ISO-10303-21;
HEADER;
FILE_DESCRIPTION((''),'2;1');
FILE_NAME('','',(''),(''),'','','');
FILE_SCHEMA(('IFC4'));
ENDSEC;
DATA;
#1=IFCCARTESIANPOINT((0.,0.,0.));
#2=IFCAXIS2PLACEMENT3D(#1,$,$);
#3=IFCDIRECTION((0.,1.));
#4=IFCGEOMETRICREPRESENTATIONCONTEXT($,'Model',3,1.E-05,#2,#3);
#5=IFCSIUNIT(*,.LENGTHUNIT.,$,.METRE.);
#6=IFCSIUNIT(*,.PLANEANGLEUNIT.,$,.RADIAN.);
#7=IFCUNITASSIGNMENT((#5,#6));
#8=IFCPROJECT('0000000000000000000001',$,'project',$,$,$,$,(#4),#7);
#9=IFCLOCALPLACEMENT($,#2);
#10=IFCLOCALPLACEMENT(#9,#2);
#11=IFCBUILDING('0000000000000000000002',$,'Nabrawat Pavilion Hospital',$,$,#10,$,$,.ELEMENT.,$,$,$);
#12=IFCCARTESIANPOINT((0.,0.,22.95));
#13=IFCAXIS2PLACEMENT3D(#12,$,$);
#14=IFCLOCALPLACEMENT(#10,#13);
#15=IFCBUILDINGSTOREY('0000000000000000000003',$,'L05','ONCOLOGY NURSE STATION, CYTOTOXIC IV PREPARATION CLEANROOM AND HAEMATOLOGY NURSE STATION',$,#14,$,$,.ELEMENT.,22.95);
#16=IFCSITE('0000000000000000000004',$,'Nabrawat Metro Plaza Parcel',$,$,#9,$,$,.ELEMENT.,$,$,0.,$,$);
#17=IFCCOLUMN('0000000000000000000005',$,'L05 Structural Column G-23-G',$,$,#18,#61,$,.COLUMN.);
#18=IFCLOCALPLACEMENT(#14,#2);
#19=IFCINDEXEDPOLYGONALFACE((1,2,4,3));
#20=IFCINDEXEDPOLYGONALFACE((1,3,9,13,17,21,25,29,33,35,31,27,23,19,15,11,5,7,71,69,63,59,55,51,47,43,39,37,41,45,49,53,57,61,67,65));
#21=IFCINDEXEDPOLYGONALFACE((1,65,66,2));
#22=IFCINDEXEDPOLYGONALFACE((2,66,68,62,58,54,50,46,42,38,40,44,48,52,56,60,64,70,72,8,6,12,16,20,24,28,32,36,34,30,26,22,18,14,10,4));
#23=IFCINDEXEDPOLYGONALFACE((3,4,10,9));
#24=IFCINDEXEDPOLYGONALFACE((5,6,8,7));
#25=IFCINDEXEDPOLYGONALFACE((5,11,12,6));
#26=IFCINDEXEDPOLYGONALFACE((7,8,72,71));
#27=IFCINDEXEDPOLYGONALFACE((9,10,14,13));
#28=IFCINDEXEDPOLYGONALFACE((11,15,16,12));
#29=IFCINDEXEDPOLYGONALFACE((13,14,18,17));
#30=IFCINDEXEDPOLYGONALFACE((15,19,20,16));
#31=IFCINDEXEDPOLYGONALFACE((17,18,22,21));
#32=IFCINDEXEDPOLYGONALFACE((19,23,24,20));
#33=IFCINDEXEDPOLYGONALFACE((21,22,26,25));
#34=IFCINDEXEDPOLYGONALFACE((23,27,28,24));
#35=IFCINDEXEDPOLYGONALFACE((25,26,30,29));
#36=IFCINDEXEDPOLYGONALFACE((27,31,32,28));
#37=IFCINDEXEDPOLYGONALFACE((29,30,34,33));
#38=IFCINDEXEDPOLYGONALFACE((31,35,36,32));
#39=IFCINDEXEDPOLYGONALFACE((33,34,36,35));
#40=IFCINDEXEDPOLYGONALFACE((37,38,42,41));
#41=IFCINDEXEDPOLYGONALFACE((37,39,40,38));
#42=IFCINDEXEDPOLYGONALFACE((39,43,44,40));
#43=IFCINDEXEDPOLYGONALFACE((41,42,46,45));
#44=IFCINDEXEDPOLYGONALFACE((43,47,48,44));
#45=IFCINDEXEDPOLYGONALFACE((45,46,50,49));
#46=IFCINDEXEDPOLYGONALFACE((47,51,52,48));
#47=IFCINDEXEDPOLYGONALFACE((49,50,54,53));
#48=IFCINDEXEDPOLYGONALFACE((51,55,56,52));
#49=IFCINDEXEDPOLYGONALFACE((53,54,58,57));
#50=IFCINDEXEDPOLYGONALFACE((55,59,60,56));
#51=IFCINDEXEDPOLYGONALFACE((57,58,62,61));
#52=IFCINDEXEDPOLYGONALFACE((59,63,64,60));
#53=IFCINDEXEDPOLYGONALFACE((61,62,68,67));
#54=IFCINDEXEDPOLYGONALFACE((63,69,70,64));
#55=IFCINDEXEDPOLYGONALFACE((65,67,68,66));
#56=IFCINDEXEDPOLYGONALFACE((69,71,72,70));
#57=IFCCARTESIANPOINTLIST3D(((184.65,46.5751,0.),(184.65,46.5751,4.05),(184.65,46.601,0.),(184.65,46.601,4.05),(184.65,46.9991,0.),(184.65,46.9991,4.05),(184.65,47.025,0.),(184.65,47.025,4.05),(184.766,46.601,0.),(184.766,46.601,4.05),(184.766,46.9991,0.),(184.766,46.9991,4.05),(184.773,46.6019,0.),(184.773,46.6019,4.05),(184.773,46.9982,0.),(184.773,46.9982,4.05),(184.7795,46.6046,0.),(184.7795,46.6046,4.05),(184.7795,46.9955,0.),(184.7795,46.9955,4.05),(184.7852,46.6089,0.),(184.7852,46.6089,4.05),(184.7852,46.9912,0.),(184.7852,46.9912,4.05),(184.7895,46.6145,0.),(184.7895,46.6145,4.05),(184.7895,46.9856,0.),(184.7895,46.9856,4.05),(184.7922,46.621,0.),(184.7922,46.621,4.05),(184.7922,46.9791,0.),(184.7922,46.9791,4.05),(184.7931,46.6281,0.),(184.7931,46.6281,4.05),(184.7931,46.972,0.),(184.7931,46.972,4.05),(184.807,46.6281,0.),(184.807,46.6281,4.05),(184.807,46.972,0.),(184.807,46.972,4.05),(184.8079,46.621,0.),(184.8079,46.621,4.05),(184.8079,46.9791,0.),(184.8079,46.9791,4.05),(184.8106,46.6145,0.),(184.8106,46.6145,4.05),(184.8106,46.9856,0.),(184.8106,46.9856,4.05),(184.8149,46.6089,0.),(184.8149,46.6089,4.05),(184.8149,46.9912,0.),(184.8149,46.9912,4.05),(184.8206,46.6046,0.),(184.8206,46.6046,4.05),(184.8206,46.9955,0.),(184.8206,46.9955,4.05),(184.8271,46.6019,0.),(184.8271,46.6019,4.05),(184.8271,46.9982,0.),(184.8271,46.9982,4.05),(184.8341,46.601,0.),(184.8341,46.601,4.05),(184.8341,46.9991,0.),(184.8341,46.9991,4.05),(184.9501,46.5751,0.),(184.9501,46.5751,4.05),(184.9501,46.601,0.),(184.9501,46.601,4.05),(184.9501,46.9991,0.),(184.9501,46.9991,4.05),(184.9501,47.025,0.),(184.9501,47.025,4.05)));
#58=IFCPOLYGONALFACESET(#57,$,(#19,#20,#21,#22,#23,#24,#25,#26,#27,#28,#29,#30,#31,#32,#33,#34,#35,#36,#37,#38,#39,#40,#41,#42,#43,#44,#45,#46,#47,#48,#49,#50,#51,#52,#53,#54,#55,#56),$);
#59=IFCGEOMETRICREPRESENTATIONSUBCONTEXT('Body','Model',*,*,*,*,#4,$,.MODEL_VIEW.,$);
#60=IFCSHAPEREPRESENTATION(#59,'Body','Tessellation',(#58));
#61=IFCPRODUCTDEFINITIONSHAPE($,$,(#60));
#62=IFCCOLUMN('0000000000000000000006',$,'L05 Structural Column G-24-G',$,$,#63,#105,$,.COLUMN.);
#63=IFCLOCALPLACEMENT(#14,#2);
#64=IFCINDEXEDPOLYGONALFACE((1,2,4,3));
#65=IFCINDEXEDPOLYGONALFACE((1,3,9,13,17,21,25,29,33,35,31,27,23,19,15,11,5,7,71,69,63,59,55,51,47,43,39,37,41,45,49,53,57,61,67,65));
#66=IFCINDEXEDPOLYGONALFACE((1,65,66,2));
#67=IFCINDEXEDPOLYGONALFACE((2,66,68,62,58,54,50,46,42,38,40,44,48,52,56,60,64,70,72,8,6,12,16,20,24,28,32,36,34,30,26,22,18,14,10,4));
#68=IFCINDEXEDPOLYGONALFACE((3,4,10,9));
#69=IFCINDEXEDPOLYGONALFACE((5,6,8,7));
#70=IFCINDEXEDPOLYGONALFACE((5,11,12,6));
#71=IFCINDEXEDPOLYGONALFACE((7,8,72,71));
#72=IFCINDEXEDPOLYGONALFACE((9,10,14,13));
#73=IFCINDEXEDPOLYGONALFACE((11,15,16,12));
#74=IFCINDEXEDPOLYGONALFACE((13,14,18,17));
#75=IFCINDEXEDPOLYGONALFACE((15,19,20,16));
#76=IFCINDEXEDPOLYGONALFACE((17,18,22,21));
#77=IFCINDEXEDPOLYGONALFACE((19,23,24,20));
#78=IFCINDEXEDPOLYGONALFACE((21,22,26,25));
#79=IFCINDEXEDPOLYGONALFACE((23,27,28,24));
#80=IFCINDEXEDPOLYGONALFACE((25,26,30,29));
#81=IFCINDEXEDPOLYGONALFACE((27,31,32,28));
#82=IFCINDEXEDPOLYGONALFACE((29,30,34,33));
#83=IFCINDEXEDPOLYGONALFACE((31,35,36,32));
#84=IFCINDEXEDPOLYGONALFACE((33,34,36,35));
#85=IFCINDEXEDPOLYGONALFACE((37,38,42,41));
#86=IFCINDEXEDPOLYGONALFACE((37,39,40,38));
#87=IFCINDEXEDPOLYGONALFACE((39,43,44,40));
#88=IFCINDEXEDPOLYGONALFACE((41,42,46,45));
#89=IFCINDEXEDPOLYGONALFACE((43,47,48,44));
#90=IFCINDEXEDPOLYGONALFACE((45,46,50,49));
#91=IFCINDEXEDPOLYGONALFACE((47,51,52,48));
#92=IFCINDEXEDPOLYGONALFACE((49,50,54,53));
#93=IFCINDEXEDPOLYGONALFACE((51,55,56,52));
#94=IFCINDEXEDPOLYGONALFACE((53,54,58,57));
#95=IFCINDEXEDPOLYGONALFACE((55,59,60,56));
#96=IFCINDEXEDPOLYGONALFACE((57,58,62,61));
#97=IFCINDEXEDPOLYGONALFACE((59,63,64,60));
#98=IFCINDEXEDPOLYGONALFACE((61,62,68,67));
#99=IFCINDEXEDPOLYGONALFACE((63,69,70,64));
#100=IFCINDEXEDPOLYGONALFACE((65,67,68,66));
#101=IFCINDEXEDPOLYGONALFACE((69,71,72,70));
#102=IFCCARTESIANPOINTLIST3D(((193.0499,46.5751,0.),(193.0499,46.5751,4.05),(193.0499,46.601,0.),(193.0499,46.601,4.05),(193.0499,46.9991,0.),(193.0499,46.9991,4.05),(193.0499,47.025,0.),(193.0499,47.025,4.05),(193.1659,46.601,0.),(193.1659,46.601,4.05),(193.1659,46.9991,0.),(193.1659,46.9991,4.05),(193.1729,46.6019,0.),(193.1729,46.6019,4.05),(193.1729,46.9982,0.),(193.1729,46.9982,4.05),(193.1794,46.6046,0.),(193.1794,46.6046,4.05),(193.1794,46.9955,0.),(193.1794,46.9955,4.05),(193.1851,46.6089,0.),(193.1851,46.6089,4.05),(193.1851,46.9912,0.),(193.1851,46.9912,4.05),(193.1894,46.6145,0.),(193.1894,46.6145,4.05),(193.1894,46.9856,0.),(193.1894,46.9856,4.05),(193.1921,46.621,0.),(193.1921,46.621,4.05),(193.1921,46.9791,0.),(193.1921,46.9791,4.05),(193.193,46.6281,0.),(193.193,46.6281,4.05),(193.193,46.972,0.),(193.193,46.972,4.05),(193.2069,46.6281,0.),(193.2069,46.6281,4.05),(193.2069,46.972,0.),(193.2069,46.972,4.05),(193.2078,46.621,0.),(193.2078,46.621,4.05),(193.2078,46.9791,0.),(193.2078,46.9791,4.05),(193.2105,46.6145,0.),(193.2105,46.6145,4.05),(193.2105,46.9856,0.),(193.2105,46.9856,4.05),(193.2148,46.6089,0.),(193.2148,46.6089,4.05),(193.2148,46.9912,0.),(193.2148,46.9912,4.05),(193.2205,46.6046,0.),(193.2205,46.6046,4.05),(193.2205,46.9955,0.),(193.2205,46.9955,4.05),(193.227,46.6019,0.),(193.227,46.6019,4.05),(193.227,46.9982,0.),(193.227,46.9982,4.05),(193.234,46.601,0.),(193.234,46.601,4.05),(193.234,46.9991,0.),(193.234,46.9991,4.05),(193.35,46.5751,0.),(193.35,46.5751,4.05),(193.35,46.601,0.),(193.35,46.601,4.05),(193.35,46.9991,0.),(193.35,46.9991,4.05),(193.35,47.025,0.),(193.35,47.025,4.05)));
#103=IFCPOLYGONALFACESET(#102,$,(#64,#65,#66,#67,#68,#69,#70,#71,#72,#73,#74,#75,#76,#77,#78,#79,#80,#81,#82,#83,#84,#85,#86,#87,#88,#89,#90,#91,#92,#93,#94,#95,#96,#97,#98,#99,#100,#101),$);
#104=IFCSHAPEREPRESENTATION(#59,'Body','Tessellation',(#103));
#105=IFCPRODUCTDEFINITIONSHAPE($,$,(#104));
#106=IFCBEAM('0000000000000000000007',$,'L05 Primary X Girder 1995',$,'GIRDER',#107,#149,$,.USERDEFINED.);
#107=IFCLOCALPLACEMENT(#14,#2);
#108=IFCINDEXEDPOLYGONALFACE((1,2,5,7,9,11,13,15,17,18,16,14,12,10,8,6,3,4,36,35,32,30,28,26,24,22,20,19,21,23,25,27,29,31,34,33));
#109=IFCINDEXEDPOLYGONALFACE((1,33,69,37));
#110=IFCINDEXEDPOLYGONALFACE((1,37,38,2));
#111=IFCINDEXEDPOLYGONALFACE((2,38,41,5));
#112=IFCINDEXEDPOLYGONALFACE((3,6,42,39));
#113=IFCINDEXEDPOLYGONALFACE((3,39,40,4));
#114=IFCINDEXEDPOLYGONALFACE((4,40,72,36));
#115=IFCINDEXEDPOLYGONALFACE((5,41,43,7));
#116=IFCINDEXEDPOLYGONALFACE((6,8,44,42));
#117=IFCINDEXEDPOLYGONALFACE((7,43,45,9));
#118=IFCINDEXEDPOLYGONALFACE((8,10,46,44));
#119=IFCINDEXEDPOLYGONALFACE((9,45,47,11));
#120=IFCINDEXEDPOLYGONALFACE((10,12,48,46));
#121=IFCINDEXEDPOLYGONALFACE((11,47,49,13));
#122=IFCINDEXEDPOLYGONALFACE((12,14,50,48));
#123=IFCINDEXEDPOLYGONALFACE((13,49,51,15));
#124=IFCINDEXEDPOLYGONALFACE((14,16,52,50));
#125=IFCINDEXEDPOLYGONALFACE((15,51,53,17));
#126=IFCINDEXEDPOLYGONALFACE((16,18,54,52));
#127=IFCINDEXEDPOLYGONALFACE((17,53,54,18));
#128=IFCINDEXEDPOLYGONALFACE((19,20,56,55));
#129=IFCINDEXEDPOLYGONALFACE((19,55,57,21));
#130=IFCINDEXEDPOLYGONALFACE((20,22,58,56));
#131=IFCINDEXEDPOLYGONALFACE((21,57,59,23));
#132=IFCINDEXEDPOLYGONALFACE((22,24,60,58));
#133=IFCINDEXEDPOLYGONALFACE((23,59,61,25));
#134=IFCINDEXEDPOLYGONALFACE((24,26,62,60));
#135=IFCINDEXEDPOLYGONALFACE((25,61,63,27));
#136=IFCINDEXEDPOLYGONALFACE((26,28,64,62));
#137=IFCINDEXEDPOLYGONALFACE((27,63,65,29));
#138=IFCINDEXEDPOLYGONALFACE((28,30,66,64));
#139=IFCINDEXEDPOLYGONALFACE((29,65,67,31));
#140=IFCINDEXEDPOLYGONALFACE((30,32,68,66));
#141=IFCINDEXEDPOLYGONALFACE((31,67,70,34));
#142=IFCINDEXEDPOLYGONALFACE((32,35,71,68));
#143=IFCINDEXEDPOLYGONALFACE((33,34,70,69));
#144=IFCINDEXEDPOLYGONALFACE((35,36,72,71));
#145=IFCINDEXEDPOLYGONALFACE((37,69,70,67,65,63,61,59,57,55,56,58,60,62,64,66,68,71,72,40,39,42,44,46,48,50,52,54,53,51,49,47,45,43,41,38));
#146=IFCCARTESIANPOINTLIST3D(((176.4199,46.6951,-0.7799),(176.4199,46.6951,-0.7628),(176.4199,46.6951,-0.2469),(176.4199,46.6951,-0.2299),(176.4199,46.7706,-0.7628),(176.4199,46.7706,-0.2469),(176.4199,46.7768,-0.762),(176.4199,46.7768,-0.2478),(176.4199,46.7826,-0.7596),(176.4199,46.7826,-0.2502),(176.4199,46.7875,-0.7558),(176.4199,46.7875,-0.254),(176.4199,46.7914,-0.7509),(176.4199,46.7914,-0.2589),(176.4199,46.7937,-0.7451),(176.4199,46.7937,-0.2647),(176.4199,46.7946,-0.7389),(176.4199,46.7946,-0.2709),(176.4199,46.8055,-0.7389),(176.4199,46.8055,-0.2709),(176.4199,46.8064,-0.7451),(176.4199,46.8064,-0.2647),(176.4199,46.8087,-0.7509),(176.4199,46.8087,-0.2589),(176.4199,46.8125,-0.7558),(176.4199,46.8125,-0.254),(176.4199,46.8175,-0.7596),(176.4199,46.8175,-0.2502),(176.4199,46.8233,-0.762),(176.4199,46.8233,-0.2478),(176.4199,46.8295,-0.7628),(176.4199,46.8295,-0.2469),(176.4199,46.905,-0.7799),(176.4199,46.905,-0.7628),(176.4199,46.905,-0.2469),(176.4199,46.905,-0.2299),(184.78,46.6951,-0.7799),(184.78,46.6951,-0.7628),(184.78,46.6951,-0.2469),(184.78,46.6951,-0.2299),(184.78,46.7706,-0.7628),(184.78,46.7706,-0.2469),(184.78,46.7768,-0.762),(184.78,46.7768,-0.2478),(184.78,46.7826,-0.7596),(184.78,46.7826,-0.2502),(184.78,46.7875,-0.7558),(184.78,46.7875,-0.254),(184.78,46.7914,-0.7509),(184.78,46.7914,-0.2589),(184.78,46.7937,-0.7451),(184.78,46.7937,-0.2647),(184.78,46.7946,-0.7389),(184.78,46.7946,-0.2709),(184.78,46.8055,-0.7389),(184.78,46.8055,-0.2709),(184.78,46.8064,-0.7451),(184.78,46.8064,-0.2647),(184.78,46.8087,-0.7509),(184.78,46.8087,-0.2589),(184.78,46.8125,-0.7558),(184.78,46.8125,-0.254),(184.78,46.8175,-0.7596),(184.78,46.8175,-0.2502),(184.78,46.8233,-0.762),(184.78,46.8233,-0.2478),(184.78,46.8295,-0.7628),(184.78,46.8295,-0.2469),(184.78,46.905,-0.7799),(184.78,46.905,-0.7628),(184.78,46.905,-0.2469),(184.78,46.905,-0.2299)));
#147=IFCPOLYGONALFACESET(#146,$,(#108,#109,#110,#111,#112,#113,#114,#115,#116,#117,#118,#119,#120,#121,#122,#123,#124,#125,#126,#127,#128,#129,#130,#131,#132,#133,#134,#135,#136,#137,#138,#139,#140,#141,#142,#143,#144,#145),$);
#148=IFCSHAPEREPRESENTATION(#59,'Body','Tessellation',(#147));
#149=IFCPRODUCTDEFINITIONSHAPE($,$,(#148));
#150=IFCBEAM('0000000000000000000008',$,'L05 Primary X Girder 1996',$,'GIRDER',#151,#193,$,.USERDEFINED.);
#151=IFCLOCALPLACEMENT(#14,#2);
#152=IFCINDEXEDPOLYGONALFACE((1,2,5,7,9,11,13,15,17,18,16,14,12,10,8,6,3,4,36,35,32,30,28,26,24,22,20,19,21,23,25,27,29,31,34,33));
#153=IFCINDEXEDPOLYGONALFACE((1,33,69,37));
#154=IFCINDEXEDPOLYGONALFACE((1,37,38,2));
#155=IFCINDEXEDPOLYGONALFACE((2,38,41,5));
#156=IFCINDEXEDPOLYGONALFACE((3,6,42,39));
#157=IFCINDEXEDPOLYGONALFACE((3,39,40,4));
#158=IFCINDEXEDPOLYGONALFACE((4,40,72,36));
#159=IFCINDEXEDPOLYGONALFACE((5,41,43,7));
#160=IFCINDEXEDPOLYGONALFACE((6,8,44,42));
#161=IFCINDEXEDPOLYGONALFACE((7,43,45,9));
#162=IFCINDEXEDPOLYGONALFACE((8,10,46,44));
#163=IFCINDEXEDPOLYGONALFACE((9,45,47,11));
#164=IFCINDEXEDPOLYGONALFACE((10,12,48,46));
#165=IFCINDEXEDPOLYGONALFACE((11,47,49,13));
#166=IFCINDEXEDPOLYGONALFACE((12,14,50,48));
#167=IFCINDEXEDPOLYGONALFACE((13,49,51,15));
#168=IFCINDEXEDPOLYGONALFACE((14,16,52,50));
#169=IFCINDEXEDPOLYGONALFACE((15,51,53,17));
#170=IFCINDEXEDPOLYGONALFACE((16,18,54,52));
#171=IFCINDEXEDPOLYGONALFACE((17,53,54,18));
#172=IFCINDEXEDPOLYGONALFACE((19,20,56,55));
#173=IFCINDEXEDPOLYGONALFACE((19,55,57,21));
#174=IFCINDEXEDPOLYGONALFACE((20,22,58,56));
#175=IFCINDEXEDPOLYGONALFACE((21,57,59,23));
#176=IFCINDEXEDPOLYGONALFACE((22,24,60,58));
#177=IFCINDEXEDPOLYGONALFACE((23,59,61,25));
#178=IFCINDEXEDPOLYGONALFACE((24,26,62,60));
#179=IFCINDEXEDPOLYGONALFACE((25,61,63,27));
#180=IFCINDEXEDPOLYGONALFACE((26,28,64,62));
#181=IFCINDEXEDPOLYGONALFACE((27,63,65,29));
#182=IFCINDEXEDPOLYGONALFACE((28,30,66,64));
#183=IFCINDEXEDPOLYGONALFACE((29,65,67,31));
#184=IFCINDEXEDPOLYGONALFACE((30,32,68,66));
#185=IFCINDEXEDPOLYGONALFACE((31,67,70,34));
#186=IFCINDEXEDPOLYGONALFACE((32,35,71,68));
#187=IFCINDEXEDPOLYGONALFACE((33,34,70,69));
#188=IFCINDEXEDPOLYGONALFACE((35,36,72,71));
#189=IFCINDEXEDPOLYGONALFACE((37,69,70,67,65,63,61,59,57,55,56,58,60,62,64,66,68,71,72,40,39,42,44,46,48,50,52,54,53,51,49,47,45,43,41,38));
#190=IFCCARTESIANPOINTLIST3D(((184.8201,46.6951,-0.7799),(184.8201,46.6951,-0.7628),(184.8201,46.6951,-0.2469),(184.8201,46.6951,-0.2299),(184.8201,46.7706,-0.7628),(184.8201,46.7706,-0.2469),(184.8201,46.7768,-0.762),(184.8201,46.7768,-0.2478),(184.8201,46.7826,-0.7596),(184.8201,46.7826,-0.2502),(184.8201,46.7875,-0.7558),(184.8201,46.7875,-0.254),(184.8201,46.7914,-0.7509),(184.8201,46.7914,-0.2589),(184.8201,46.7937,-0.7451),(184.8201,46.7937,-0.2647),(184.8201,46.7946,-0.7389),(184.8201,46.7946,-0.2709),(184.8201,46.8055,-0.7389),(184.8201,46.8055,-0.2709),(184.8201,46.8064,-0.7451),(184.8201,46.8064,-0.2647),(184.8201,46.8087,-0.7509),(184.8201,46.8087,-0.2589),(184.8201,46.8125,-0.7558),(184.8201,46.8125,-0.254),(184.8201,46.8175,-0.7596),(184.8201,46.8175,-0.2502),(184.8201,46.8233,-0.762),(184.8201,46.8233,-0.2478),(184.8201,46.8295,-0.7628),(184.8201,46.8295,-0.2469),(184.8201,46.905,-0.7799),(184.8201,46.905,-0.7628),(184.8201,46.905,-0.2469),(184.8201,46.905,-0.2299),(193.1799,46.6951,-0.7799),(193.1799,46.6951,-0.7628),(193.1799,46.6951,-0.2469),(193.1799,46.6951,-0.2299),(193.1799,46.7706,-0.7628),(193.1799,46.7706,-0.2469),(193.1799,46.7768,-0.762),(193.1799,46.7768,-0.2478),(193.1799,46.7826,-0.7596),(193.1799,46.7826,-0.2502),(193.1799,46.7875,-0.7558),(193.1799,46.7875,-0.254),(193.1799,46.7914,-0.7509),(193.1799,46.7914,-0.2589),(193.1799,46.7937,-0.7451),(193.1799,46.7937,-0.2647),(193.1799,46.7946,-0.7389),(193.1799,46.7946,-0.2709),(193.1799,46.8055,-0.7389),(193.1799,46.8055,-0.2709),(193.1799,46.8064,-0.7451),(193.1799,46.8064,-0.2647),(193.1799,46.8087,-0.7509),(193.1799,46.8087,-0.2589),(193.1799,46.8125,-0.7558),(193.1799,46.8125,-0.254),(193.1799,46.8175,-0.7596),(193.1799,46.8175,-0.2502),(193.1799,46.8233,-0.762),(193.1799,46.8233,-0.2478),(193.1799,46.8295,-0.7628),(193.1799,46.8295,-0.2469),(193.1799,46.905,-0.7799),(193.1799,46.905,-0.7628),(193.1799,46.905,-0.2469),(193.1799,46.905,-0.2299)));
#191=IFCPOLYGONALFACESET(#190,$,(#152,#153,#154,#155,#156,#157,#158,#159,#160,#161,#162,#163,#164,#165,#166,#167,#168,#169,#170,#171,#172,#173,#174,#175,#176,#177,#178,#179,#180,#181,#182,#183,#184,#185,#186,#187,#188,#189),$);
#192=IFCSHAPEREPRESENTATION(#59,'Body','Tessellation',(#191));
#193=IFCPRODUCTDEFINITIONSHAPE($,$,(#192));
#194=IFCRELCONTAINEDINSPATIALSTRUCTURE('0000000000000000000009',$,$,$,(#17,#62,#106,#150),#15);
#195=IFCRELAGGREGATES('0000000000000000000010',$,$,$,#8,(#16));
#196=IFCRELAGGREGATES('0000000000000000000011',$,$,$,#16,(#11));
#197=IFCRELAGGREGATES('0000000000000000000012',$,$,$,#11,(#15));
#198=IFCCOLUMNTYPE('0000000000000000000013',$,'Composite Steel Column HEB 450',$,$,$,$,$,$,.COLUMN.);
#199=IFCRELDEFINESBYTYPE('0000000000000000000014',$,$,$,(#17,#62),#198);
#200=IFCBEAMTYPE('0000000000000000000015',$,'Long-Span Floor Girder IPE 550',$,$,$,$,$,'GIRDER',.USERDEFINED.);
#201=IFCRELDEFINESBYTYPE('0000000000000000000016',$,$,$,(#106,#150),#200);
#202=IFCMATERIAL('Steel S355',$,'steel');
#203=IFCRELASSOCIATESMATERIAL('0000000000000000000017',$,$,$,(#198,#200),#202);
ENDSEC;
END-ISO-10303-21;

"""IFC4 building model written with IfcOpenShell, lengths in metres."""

from ifc_helpers import new_model, si_unit, direction, frame, origin, origin_2d, place, context, subcontext, project, spatial, i_section, extrude, material, material_profile, profile_set, type_object, element, save


model = new_model("IFC4")

# Units and contexts
model_context = context("Model", 3, precision=1e-05, world=origin(), true_north=direction((0.0, 1.0)))
body_context = subcontext(model_context, "Body", "Model", "MODEL_VIEW")
ifc_project = project(units=[si_unit("LENGTHUNIT", "METRE"), si_unit("PLANEANGLEUNIT", "RADIAN")], contexts=[model_context])

# Site, building, storey
site_placement = place(None, origin())
site = spatial("IfcSite", under=ifc_project, at=site_placement, Name="Nabrawat Metro Plaza Parcel", CompositionType="ELEMENT", RefElevation=0.0)
building_placement = place(site_placement, origin())
building = spatial("IfcBuilding", under=site, at=building_placement, Name="Nabrawat Pavilion Hospital", CompositionType="ELEMENT")
storey_placement = place(building_placement, frame((0.0, 0.0, 22.95)))
storey = spatial("IfcBuildingStorey", under=building, at=storey_placement, Name="L05", Description="ONCOLOGY NURSE STATION, CYTOTOXIC IV PREPARATION CLEANROOM AND HAEMATOLOGY NURSE STATION", CompositionType="ELEMENT", Elevation=22.95)

# Columns
ifc_material_1 = material(Name="Steel S355", Category="steel")
ifc_material_profile_1 = material_profile(ifc_material_1, i_section(OverallWidth=0.3, OverallDepth=0.45, WebThickness=0.0139, FlangeThickness=0.0259, FilletRadius=0.0271, at=origin_2d()), Name="HEB 450")
ifc_profile_set_1 = profile_set([ifc_material_profile_1], Name="Steel S355")
column_type = type_object("IfcColumnType", Name="Composite Steel Column HEB 450", PredefinedType="COLUMN", material=ifc_profile_set_1)
for number, where, z_axis, x_axis, name in (
    (1, (184.8, 46.8, 0.0), (0.0, 0.0, 1.0), (1.0, 0.0, 0.0), "L05 Structural Column G-23-G"),
    (2, (193.2, 46.8, 0.0), (0.0, 0.0, 1.0), (1.0, 0.0, 0.0), "L05 Structural Column G-24-G"),
):
    element("IfcColumn", number, at=place(storey_placement, frame(where, z_axis=z_axis, x_axis=x_axis)), inside=storey, type_object=column_type, Name=name, PredefinedType="COLUMN", context=body_context, shape_type="SweptSolid", body=[
        extrude(i_section(OverallWidth=0.3, OverallDepth=0.45, WebThickness=0.0139, FlangeThickness=0.0259, FilletRadius=0.0271, at=origin_2d()), origin(), (0.0, 0.0, 1.0), 4.05),
    ])

# Beams
ifc_material_profile_2 = material_profile(ifc_material_1, i_section(OverallWidth=0.21, OverallDepth=0.55, WebThickness=0.011, FlangeThickness=0.0171, FilletRadius=0.0239, at=origin_2d()), Name="IPE 550")
ifc_profile_set_2 = profile_set([ifc_material_profile_2], Name="Steel S355")
beam_type_1 = type_object("IfcBeamType", Name="Long-Span Floor Girder IPE 550", ElementType="GIRDER", PredefinedType="USERDEFINED", material=ifc_profile_set_2)
beam_1_placement = place(storey_placement, frame((176.4199, 46.8, -0.5049), z_axis=(1.0, 0.0, 0.0), x_axis=(0.0, 1.0, 0.0)))
element("IfcBeam", 3, at=beam_1_placement, inside=storey, type_object=beam_type_1, Name="L05 Primary X Girder 1995", ObjectType="GIRDER", PredefinedType="USERDEFINED", context=body_context, shape_type="SweptSolid", body=[
    extrude(i_section(OverallWidth=0.21, OverallDepth=0.55, WebThickness=0.011, FlangeThickness=0.0171, FilletRadius=0.0239, at=origin_2d()), origin(), (0.0, 0.0, 1.0), 8.3601),
])
beam_2_placement = place(storey_placement, frame((184.8201, 46.8, -0.5049), z_axis=(1.0, 0.0, 0.0), x_axis=(0.0, 1.0, 0.0)))
element("IfcBeam", 4, at=beam_2_placement, inside=storey, type_object=beam_type_1, Name="L05 Primary X Girder 1996", ObjectType="GIRDER", PredefinedType="USERDEFINED", context=body_context, shape_type="SweptSolid", body=[
    extrude(i_section(OverallWidth=0.21, OverallDepth=0.55, WebThickness=0.011, FlangeThickness=0.0171, FilletRadius=0.0239, at=origin_2d()), origin(), (0.0, 0.0, 1.0), 8.3599),
])

save(model, "model.ifc")
